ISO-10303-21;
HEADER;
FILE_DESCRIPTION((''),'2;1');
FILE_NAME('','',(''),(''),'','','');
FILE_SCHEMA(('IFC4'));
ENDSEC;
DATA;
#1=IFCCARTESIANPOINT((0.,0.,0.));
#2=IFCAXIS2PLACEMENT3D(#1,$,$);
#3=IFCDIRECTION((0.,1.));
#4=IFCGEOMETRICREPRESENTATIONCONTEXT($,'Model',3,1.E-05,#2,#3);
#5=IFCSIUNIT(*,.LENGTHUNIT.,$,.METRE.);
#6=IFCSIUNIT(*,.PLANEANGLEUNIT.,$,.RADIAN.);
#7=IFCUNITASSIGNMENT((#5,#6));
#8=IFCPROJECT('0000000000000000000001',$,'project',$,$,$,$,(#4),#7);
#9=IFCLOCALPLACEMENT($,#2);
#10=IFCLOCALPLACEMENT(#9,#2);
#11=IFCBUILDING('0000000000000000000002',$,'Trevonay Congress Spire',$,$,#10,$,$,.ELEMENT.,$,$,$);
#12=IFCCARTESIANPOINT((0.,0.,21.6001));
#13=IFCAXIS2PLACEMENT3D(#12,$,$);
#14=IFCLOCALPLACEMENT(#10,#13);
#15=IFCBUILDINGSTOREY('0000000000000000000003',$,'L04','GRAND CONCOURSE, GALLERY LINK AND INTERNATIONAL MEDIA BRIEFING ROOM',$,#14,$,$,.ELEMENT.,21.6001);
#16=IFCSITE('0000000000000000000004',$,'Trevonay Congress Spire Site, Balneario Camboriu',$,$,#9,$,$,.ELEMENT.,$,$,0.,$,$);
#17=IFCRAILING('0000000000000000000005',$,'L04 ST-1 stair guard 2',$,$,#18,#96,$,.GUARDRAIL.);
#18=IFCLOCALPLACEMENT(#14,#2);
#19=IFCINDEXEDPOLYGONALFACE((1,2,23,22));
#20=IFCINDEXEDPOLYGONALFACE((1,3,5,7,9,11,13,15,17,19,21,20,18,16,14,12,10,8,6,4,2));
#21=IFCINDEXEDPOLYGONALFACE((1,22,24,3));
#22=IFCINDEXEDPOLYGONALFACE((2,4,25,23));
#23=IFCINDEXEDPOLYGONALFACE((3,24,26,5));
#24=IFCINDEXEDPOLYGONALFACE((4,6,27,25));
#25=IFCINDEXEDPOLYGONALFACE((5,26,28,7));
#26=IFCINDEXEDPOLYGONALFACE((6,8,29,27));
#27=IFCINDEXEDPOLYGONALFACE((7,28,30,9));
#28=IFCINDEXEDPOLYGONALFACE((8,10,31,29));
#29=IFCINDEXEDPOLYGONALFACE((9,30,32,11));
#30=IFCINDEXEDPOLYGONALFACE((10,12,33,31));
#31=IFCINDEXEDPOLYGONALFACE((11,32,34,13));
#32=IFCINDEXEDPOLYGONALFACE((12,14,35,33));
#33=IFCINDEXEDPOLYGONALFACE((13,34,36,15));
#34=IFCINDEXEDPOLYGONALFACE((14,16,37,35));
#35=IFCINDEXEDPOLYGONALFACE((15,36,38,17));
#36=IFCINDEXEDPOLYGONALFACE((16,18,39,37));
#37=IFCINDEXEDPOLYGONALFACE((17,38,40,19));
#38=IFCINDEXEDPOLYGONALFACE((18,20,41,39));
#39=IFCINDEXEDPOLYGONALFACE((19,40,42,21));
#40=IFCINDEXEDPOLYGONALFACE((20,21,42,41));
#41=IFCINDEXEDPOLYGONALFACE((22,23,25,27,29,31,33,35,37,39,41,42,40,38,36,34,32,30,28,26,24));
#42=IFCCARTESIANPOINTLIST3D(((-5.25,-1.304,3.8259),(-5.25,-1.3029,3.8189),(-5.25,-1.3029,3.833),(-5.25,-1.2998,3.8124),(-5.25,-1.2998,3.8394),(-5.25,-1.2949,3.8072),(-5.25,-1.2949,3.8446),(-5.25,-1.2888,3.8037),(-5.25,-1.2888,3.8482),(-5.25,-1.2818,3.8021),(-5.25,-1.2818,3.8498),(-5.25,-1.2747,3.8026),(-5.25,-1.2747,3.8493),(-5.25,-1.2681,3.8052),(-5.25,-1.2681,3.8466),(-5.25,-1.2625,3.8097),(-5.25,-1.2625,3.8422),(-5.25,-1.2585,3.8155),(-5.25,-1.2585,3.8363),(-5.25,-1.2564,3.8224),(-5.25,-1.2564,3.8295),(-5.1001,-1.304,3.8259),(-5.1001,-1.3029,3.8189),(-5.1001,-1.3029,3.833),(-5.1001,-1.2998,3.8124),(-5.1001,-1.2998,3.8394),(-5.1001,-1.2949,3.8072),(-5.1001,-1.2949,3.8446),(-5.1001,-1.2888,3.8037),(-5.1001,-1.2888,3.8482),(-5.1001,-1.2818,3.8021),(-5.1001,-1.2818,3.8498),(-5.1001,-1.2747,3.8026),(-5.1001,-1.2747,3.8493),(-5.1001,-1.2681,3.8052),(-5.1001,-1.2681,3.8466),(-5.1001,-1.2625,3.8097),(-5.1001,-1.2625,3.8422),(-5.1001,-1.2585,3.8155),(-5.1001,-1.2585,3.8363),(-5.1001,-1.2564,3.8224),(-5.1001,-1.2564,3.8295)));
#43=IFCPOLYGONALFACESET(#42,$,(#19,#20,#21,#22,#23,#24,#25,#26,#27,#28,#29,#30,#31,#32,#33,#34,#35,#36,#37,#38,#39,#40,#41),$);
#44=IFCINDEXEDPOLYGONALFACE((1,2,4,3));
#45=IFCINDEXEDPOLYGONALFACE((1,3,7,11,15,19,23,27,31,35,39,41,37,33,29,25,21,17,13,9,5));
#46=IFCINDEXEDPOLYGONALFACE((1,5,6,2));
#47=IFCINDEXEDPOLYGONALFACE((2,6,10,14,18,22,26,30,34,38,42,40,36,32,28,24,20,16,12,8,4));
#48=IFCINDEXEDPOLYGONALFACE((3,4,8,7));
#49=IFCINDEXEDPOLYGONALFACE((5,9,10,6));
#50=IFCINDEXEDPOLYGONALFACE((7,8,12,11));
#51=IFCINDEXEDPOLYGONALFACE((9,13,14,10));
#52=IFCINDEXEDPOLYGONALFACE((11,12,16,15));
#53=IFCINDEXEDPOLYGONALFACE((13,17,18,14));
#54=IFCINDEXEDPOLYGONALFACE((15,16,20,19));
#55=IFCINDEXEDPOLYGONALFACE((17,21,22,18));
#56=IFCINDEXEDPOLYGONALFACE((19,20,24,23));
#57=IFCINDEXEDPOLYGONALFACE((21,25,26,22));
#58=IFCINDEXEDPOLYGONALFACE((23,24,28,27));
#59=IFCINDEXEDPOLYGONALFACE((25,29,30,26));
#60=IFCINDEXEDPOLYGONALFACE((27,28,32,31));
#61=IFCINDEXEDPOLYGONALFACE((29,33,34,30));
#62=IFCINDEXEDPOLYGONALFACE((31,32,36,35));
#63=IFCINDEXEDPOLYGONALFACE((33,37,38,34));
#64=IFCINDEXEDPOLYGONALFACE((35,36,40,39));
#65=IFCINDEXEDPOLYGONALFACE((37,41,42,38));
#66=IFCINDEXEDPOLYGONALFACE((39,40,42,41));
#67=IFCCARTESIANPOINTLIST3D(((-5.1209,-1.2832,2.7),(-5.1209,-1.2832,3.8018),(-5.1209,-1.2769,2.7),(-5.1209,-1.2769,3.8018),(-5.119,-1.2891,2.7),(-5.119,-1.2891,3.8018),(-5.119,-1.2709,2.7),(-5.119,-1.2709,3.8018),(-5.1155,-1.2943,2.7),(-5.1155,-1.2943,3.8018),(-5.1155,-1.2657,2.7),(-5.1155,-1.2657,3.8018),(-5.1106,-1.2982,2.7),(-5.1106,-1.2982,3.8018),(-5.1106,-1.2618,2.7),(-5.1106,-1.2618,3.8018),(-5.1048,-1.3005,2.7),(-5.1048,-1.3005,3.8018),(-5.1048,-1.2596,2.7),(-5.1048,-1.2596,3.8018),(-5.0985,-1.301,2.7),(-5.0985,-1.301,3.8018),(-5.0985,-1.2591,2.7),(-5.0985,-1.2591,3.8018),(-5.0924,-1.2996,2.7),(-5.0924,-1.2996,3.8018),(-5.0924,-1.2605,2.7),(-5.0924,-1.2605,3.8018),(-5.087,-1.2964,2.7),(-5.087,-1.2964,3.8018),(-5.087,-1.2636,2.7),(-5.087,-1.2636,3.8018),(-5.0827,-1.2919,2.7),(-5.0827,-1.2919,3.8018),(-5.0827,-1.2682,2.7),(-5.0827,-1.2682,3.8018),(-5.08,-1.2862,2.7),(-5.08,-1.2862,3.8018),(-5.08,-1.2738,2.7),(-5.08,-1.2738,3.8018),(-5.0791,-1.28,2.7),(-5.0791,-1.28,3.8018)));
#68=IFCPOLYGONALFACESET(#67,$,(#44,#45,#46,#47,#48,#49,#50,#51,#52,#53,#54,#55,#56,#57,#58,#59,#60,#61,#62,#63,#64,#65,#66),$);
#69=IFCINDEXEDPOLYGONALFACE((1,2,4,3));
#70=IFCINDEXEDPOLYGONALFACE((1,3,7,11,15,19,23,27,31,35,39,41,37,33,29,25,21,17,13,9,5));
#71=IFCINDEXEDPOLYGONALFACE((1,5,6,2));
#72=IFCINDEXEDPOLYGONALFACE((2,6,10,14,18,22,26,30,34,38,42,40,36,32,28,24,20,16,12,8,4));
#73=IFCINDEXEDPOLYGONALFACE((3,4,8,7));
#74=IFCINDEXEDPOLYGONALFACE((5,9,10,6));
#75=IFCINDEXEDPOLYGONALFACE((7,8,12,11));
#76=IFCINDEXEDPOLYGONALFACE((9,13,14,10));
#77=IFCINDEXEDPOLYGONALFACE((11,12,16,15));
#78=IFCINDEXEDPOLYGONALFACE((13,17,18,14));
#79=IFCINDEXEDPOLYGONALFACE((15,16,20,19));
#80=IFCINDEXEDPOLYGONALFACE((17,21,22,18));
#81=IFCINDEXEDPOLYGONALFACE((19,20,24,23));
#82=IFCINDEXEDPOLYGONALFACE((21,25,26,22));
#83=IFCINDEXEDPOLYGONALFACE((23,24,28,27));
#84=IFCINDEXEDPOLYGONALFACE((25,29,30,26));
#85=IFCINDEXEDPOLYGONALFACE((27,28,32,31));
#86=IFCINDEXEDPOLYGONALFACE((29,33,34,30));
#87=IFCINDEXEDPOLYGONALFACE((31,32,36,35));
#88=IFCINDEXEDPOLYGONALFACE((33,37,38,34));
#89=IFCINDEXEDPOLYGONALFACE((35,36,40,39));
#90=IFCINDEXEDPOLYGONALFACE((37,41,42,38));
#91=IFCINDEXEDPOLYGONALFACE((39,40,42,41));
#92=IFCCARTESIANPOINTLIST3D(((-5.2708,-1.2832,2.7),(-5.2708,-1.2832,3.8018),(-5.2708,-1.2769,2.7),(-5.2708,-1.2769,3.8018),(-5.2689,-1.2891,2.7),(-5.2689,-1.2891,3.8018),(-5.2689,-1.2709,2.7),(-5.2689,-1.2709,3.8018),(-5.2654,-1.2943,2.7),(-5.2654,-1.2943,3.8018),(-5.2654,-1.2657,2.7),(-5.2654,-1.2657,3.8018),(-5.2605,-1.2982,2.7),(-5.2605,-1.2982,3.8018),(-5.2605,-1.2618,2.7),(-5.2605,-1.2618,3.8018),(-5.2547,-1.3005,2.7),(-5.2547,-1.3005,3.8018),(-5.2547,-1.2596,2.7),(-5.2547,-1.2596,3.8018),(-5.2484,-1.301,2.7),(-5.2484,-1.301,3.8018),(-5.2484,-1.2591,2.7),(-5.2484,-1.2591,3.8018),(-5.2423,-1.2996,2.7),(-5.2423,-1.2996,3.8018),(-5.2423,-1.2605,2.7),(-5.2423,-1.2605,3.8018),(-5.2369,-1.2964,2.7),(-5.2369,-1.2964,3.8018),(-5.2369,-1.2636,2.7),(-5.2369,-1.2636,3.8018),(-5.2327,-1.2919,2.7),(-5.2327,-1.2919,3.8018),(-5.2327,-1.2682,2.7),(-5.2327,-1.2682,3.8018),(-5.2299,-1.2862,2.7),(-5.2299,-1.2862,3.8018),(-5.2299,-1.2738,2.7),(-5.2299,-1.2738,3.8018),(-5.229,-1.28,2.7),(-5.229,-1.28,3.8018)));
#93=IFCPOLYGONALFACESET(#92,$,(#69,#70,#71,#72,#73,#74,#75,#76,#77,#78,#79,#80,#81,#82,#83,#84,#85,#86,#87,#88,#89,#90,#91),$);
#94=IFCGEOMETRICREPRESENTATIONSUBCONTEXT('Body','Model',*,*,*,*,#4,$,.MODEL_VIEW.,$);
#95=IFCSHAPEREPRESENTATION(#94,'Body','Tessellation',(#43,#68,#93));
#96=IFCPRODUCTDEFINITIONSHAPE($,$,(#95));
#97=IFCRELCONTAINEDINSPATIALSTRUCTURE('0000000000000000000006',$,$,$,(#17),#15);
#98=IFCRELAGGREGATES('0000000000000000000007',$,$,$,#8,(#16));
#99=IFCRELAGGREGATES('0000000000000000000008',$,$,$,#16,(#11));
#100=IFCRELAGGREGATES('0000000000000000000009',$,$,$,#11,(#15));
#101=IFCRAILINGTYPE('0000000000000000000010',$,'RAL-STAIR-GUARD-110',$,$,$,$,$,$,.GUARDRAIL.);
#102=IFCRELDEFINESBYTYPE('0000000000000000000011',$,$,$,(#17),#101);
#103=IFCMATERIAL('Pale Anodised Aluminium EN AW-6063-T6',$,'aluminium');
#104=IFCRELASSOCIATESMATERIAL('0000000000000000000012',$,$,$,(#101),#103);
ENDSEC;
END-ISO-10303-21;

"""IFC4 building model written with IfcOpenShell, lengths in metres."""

from ifc_helpers import new_model, si_unit, direction, frame, origin, origin_2d, place, context, subcontext, project, spatial, circle, extrude, material, type_object, element, save


model = new_model("IFC4")

# Units and contexts
model_context = context("Model", 3, precision=1e-05, world=origin(), true_north=direction((0.0, 1.0)))
body_context = subcontext(model_context, "Body", "Model", "MODEL_VIEW")
ifc_project = project(units=[si_unit("LENGTHUNIT", "METRE"), si_unit("PLANEANGLEUNIT", "RADIAN")], contexts=[model_context])

# Site, building, storey
site_placement = place(None, origin())
site = spatial("IfcSite", under=ifc_project, at=site_placement, Name="Trevonay Congress Spire Site, Balneario Camboriu", CompositionType="ELEMENT", RefElevation=0.0)
building_placement = place(site_placement, origin())
building = spatial("IfcBuilding", under=site, at=building_placement, Name="Trevonay Congress Spire", CompositionType="ELEMENT")
storey_placement = place(building_placement, frame((0.0, 0.0, 21.6001)))
storey = spatial("IfcBuildingStorey", under=building, at=storey_placement, Name="L04", Description="GRAND CONCOURSE, GALLERY LINK AND INTERNATIONAL MEDIA BRIEFING ROOM", CompositionType="ELEMENT", Elevation=21.6001)

# Shared definitions
ifc_material_1 = material(Name="Pale Anodised Aluminium EN AW-6063-T6", Category="aluminium")

# Railing
railing_type_1 = type_object("IfcRailingType", Name="RAL-STAIR-GUARD-110", PredefinedType="GUARDRAIL", material=ifc_material_1)
railing_1_placement = place(storey_placement, frame((-5.1001, -1.28, 2.7)))
element("IfcRailing", 1, at=railing_1_placement, inside=storey, type_object=railing_type_1, Name="L04 ST-1 stair guard 2", PredefinedType="GUARDRAIL", context=body_context, shape_type="SweptSolid", body=[
    extrude(circle(Radius=0.0239, at=origin_2d()), frame((0.0, 0.0, 1.126), z_axis=(-1.0, 0.0, 0.0), x_axis=(0.0, -1.0, 0.0)), (0.0, 0.0, 1.0), 0.1499),
    extrude(circle(Radius=0.021, at=origin_2d()), origin(), (0.0, 0.0, 1.0), 1.1018),
    extrude(circle(Radius=0.021, at=origin_2d()), frame((-0.1499, 0.0, 0.0)), (0.0, 0.0, 1.0), 1.1018),
])

save(model, "model.ifc")
